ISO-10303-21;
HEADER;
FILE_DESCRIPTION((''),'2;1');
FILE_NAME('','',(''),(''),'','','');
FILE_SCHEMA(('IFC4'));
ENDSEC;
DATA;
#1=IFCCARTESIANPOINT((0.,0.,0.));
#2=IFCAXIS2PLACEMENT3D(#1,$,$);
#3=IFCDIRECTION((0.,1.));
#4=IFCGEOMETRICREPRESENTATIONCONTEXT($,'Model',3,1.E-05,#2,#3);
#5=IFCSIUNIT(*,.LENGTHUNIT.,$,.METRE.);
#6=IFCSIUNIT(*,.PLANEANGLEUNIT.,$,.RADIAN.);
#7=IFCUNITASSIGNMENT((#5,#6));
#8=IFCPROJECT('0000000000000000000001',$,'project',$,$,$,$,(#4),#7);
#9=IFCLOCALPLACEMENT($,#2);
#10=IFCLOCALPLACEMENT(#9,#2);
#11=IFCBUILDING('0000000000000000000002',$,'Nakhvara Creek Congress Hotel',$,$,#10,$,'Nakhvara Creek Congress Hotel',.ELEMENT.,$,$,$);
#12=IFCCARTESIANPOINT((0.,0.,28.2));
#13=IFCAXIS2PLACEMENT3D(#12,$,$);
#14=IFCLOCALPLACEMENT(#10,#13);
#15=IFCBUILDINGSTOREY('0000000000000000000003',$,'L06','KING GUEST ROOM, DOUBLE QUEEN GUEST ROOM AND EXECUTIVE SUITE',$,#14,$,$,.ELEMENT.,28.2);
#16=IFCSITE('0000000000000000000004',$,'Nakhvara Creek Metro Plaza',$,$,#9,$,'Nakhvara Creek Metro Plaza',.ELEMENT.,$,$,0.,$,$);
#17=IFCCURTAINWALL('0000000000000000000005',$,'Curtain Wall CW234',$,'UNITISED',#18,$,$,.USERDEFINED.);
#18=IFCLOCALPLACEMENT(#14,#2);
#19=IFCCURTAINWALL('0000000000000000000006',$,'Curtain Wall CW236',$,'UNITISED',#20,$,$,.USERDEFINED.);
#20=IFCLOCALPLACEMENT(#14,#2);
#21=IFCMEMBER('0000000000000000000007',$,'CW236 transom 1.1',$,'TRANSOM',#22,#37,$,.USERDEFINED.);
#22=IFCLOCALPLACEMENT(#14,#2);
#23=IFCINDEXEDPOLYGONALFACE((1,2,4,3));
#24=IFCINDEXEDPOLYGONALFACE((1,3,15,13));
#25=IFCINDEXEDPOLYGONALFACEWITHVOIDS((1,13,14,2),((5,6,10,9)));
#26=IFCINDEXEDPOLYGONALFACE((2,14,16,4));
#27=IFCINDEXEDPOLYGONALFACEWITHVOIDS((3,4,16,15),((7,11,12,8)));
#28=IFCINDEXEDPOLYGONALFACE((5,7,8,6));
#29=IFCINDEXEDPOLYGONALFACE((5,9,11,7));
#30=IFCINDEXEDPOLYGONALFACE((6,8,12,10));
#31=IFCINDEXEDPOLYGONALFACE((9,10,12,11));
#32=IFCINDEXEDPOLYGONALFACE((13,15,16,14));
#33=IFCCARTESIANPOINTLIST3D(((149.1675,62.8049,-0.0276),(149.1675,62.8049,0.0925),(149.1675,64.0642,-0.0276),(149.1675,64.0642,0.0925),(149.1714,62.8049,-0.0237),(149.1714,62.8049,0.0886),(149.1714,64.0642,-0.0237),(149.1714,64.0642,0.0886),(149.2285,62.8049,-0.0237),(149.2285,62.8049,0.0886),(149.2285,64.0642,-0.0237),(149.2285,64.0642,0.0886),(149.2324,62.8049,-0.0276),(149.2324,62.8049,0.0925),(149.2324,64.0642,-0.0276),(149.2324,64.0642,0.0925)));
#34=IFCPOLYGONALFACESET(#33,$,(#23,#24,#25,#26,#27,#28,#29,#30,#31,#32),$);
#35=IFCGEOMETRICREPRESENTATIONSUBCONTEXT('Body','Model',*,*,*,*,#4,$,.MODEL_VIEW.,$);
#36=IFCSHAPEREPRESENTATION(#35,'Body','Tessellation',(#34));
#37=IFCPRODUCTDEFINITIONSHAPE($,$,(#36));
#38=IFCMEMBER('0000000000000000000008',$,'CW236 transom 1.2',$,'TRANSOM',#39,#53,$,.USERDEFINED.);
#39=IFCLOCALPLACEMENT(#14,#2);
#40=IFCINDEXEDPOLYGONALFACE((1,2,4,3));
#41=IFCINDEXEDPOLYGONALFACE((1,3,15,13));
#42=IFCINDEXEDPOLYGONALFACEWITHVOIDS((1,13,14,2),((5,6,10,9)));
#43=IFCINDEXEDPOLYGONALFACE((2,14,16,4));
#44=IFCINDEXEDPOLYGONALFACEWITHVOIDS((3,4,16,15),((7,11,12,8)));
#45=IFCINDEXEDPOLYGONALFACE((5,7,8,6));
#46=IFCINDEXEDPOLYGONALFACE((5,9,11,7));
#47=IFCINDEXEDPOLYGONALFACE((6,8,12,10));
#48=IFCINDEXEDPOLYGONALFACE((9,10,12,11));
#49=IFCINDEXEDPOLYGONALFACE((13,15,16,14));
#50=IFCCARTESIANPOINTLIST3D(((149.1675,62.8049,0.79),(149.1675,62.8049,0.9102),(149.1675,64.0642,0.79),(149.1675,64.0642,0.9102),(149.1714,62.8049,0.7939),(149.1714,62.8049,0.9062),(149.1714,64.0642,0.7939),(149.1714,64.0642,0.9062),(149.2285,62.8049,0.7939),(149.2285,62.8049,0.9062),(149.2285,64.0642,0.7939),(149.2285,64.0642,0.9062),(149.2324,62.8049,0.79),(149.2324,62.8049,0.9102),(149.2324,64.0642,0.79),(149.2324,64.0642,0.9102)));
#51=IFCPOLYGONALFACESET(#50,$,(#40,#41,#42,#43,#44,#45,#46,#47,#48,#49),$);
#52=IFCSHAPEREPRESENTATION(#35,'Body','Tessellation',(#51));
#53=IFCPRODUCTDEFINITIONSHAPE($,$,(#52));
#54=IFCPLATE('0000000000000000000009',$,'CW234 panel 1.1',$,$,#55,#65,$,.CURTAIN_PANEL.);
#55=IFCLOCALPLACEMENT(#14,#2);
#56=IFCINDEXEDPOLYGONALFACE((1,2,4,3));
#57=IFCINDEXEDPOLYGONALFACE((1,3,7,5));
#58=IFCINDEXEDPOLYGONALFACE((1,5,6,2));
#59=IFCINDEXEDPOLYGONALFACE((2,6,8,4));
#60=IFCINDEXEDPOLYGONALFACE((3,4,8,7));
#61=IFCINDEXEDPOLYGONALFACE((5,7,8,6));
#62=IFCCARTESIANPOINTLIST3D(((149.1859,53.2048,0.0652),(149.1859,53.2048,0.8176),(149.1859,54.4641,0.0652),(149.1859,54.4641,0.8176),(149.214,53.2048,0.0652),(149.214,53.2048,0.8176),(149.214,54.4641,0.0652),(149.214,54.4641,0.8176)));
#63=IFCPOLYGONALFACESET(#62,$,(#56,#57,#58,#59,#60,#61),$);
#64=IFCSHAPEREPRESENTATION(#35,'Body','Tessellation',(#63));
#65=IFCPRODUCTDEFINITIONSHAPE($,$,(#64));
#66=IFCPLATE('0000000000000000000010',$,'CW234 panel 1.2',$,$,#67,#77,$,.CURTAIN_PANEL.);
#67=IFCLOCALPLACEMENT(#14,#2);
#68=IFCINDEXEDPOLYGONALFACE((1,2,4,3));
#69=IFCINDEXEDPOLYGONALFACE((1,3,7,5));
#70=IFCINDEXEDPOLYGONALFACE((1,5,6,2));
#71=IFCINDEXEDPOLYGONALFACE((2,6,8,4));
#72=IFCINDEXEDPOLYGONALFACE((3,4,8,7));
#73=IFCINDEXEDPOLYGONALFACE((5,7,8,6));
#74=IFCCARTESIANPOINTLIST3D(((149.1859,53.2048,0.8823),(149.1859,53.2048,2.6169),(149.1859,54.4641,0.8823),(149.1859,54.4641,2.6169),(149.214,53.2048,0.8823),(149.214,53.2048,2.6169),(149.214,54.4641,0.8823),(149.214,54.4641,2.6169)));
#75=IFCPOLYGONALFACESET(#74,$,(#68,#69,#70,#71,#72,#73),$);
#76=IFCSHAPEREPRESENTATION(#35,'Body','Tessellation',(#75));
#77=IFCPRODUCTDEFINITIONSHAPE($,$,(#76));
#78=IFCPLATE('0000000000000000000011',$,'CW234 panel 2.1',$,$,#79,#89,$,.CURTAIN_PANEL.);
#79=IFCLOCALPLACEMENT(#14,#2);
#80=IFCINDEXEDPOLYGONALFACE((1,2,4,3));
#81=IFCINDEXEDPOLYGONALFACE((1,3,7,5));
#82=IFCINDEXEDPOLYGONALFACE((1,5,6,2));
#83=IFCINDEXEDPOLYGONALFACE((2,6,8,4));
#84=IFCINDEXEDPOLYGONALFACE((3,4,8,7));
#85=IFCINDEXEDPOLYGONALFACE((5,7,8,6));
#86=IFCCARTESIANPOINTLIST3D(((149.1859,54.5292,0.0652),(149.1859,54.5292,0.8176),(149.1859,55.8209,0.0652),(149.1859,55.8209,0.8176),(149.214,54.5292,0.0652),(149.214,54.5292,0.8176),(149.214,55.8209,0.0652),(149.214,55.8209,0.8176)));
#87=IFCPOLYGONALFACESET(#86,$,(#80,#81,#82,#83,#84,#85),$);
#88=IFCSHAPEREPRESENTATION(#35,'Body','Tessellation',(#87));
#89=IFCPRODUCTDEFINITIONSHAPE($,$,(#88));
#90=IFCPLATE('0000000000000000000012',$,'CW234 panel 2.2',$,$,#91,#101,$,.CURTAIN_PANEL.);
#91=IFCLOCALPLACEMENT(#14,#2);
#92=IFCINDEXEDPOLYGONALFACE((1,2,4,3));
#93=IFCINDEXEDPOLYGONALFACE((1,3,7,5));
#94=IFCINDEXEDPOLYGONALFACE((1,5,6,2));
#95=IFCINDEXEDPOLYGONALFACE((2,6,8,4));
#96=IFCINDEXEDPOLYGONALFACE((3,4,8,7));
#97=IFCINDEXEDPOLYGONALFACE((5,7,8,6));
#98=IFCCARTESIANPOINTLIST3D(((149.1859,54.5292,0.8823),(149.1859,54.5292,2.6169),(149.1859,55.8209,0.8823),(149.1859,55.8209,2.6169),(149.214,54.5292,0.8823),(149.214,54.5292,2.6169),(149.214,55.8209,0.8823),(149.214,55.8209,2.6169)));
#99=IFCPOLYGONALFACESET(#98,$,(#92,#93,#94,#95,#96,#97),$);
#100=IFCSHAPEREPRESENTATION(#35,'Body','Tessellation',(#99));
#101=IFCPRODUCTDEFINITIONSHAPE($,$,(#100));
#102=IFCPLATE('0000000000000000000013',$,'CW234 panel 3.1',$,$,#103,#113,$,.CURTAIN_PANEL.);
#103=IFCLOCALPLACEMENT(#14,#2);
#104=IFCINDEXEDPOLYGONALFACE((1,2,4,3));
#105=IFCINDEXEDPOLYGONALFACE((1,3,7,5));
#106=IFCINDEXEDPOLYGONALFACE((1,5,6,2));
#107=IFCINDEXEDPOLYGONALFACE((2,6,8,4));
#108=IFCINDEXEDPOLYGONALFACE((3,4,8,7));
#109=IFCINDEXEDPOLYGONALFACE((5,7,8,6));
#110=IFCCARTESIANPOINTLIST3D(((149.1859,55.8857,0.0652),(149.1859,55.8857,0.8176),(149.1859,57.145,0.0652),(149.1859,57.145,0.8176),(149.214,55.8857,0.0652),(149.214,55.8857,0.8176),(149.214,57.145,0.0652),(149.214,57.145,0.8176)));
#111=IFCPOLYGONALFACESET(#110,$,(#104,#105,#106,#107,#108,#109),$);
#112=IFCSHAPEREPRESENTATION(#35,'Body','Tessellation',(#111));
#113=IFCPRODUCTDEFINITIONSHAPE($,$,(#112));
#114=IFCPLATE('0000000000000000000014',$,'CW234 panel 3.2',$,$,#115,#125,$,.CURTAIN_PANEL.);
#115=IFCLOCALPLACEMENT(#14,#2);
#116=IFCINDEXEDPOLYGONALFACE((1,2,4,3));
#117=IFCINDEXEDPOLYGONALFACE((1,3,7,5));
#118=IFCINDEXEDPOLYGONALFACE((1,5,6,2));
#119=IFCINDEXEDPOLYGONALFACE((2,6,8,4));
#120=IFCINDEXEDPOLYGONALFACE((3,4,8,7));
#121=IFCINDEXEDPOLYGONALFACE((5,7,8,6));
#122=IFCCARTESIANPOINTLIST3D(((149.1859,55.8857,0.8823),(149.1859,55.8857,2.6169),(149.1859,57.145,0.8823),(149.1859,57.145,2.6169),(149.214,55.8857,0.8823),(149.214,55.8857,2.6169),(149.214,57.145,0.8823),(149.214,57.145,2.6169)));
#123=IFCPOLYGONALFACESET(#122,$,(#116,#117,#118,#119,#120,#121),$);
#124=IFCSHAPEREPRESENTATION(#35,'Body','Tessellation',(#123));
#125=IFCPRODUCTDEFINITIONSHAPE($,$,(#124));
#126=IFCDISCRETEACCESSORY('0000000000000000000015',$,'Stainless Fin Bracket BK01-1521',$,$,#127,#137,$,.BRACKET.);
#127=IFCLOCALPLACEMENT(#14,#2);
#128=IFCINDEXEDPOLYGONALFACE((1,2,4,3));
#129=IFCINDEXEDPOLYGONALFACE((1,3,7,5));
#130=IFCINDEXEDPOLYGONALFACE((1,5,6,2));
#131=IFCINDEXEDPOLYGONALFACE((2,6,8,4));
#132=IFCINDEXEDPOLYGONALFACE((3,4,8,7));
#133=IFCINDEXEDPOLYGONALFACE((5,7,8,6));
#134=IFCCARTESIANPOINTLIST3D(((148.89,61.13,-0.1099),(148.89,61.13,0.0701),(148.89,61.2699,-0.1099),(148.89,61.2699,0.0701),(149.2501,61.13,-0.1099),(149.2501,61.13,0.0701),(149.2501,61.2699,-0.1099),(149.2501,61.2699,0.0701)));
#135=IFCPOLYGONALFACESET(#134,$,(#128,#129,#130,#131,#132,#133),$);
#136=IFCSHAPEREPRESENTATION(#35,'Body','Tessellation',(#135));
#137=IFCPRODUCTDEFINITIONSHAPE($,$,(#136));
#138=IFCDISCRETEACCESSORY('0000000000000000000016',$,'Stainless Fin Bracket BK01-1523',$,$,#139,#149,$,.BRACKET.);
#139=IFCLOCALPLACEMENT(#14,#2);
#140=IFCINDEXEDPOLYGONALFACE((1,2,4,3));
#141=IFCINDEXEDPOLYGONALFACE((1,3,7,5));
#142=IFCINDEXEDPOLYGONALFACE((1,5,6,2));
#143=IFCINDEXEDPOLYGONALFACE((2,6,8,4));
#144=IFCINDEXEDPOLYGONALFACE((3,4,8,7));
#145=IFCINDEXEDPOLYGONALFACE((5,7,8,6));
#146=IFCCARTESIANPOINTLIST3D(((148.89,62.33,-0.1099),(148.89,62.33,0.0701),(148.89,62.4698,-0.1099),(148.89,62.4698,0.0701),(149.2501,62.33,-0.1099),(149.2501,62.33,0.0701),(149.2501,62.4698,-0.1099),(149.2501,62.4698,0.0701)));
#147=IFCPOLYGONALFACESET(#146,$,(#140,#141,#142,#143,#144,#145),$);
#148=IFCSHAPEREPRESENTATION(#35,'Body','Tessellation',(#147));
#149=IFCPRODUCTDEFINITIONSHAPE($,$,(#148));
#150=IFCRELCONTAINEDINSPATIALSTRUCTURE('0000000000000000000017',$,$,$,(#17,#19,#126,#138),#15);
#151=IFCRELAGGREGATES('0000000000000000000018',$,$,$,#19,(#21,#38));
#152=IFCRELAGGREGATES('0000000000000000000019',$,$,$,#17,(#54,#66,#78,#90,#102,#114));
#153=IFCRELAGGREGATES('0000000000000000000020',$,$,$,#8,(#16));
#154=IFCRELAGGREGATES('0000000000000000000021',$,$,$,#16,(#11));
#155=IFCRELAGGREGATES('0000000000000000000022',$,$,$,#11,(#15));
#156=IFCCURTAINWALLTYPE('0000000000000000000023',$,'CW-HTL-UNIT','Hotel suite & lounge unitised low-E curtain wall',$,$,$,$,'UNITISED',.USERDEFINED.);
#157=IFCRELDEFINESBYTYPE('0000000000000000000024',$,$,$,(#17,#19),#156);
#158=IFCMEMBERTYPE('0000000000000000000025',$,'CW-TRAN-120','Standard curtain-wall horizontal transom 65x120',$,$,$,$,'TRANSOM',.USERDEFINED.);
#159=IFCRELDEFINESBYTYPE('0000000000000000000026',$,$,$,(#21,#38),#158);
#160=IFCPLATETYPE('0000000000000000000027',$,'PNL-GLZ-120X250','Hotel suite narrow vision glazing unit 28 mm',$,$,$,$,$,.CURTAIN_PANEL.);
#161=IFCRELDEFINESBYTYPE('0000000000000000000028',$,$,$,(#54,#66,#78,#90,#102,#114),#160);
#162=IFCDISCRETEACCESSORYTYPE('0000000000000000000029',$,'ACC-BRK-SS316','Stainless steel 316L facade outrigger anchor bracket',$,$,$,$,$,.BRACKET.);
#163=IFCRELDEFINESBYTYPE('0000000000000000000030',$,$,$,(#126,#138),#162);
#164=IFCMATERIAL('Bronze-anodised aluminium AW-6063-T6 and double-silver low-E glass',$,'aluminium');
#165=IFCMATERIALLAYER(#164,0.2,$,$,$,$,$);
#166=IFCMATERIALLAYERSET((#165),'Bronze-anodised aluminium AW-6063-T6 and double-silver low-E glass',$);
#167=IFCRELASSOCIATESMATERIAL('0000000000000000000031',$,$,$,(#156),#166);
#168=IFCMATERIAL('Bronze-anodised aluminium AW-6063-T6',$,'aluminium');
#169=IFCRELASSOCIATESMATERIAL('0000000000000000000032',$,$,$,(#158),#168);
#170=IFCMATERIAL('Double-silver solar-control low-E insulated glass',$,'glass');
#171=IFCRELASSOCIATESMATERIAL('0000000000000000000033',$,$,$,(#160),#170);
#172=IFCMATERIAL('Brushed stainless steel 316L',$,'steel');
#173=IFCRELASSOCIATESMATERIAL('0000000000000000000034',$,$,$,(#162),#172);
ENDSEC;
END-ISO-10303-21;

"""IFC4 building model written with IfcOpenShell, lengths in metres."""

from ifc_helpers import new_model, si_unit, direction, frame, origin, origin_2d, place, context, subcontext, project, spatial, rectangle, hollow_rectangle, extrude, material, layer, layer_set, material_profile, profile_set, type_object, element, aggregate, save


model = new_model("IFC4")

# Units and contexts
model_context = context("Model", 3, precision=1e-05, world=origin(), true_north=direction((0.0, 1.0)))
body_context = subcontext(model_context, "Body", "Model", "MODEL_VIEW")
ifc_project = project(units=[si_unit("LENGTHUNIT", "METRE"), si_unit("PLANEANGLEUNIT", "RADIAN")], contexts=[model_context])

# Site, building, storey
site_placement = place(None, origin())
site = spatial("IfcSite", under=ifc_project, at=site_placement, Name="Nakhvara Creek Metro Plaza", LongName="Nakhvara Creek Metro Plaza", CompositionType="ELEMENT", RefElevation=0.0)
building_placement = place(site_placement, origin())
building = spatial("IfcBuilding", under=site, at=building_placement, Name="Nakhvara Creek Congress Hotel", LongName="Nakhvara Creek Congress Hotel", CompositionType="ELEMENT")
storey_placement = place(building_placement, frame((0.0, 0.0, 28.2)))
storey = spatial("IfcBuildingStorey", under=building, at=storey_placement, Name="L06", Description="KING GUEST ROOM, DOUBLE QUEEN GUEST ROOM AND EXECUTIVE SUITE", CompositionType="ELEMENT", Elevation=28.2)

# Curtain wall
ifc_material_1 = material(Name="Bronze-anodised aluminium AW-6063-T6 and double-silver low-E glass", Category="aluminium")
ifc_layer = layer(ifc_material_1, 0.2)
ifc_layer_set = layer_set([ifc_layer], Name="Bronze-anodised aluminium AW-6063-T6 and double-silver low-E glass")
curtain_wall_type = type_object("IfcCurtainWallType", Name="CW-HTL-UNIT", Description="Hotel suite & lounge unitised low-E curtain wall", ElementType="UNITISED", PredefinedType="USERDEFINED", material=ifc_layer_set)
curtain_wall_1_placement = place(storey_placement, origin())
curtain_wall_1 = element("IfcCurtainWall", 1, at=curtain_wall_1_placement, inside=storey, type_object=curtain_wall_type, Name="Curtain Wall CW234", ObjectType="UNITISED", PredefinedType="USERDEFINED")
ifc_material_2 = material(Name="Bronze-anodised aluminium AW-6063-T6", Category="aluminium")

# Curtain wall
curtain_wall_2_placement = place(storey_placement, origin())
curtain_wall_2 = element("IfcCurtainWall", 2, at=curtain_wall_2_placement, inside=storey, type_object=curtain_wall_type, Name="Curtain Wall CW236", ObjectType="UNITISED", PredefinedType="USERDEFINED")

# Members
ifc_material_profile_1 = material_profile(ifc_material_2, hollow_rectangle(XDim=0.0649, YDim=0.1201, WallThickness=0.0039, at=origin_2d()), Name="ALU-TRAN 65x120x4", Category="LoadBearing")
ifc_profile_set_1 = profile_set([ifc_material_profile_1], Name="Bronze-anodised aluminium AW-6063-T6")
member_type_1 = type_object("IfcMemberType", Name="CW-TRAN-120", Description="Standard curtain-wall horizontal transom 65x120", ElementType="TRANSOM", PredefinedType="USERDEFINED", material=ifc_profile_set_1)
member_1_placement = place(storey_placement, frame((149.2, 62.8049, 0.0325), z_axis=(0.0, 1.0, 0.0), x_axis=(-1.0, 0.0, 0.0)))
member_1 = element("IfcMember", 3, at=member_1_placement, type_object=member_type_1, Name="CW236 transom 1.1", ObjectType="TRANSOM", PredefinedType="USERDEFINED", context=body_context, shape_type="SweptSolid", body=[
    extrude(hollow_rectangle(XDim=0.0649, YDim=0.1201, WallThickness=0.0039, at=origin_2d()), origin(), (0.0, 0.0, 1.0), 1.2593),
])
member_2_placement = place(storey_placement, frame((149.2, 62.8049, 0.8501), z_axis=(0.0, 1.0, 0.0), x_axis=(-1.0, 0.0, 0.0)))
member_2 = element("IfcMember", 4, at=member_2_placement, type_object=member_type_1, Name="CW236 transom 1.2", ObjectType="TRANSOM", PredefinedType="USERDEFINED", context=body_context, shape_type="SweptSolid", body=[
    extrude(hollow_rectangle(XDim=0.0649, YDim=0.1201, WallThickness=0.0039, at=origin_2d()), origin(), (0.0, 0.0, 1.0), 1.2593),
])
aggregate(curtain_wall_2, [member_1, member_2])

# Plates
ifc_material_3 = material(Name="Double-silver solar-control low-E insulated glass", Category="glass")
plate_type = type_object("IfcPlateType", Name="PNL-GLZ-120X250", Description="Hotel suite narrow vision glazing unit 28 mm", PredefinedType="CURTAIN_PANEL", material=ifc_material_3)
plate_1_placement = place(storey_placement, frame((149.2, 53.8345, 0.0652), z_axis=(0.0, 0.0, 1.0), x_axis=(0.0, 1.0, 0.0)))
plate_1 = element("IfcPlate", 5, at=plate_1_placement, type_object=plate_type, Name="CW234 panel 1.1", PredefinedType="CURTAIN_PANEL", context=body_context, shape_type="SweptSolid", body=[
    extrude(rectangle(XDim=1.2593, YDim=0.0281, at=origin_2d()), origin(), (0.0, 0.0, 1.0), 0.7524),
])
plate_2_placement = place(storey_placement, frame((149.2, 53.8345, 0.8823), z_axis=(0.0, 0.0, 1.0), x_axis=(0.0, 1.0, 0.0)))
plate_2 = element("IfcPlate", 6, at=plate_2_placement, type_object=plate_type, Name="CW234 panel 1.2", PredefinedType="CURTAIN_PANEL", context=body_context, shape_type="SweptSolid", body=[
    extrude(rectangle(XDim=1.2593, YDim=0.0281, at=origin_2d()), origin(), (0.0, 0.0, 1.0), 1.7346),
])
plate_3_placement = place(storey_placement, frame((149.2, 55.175, 0.0652), z_axis=(0.0, 0.0, 1.0), x_axis=(0.0, 1.0, 0.0)))
plate_3 = element("IfcPlate", 7, at=plate_3_placement, type_object=plate_type, Name="CW234 panel 2.1", PredefinedType="CURTAIN_PANEL", context=body_context, shape_type="SweptSolid", body=[
    extrude(rectangle(XDim=1.2917, YDim=0.0281, at=origin_2d()), origin(), (0.0, 0.0, 1.0), 0.7524),
])
plate_4_placement = place(storey_placement, frame((149.2, 55.175, 0.8823), z_axis=(0.0, 0.0, 1.0), x_axis=(0.0, 1.0, 0.0)))
plate_4 = element("IfcPlate", 8, at=plate_4_placement, type_object=plate_type, Name="CW234 panel 2.2", PredefinedType="CURTAIN_PANEL", context=body_context, shape_type="SweptSolid", body=[
    extrude(rectangle(XDim=1.2917, YDim=0.0281, at=origin_2d()), origin(), (0.0, 0.0, 1.0), 1.7346),
])
plate_5_placement = place(storey_placement, frame((149.2, 56.5154, 0.0652), z_axis=(0.0, 0.0, 1.0), x_axis=(0.0, 1.0, 0.0)))
plate_5 = element("IfcPlate", 9, at=plate_5_placement, type_object=plate_type, Name="CW234 panel 3.1", PredefinedType="CURTAIN_PANEL", context=body_context, shape_type="SweptSolid", body=[
    extrude(rectangle(XDim=1.2593, YDim=0.0281, at=origin_2d()), origin(), (0.0, 0.0, 1.0), 0.7524),
])
plate_6_placement = place(storey_placement, frame((149.2, 56.5154, 0.8823), z_axis=(0.0, 0.0, 1.0), x_axis=(0.0, 1.0, 0.0)))
plate_6 = element("IfcPlate", 10, at=plate_6_placement, type_object=plate_type, Name="CW234 panel 3.2", PredefinedType="CURTAIN_PANEL", context=body_context, shape_type="SweptSolid", body=[
    extrude(rectangle(XDim=1.2593, YDim=0.0281, at=origin_2d()), origin(), (0.0, 0.0, 1.0), 1.7346),
])
aggregate(curtain_wall_1, [plate_1, plate_2, plate_3, plate_4, plate_5, plate_6])

# Discrete accessories
ifc_material_4 = material(Name="Brushed stainless steel 316L", Category="steel")
discrete_accessory_type = type_object("IfcDiscreteAccessoryType", Name="ACC-BRK-SS316", Description="Stainless steel 316L facade outrigger anchor bracket", PredefinedType="BRACKET", material=ifc_material_4)
for number, where, z_axis, x_axis, name in (
    (11, (149.0701, 61.2, -0.1099), (0.0, 0.0, 1.0), (0.0, 1.0, 0.0), "Stainless Fin Bracket BK01-1521"),
    (12, (149.0701, 62.3999, -0.1099), (0.0, 0.0, 1.0), (0.0, 1.0, 0.0), "Stainless Fin Bracket BK01-1523"),
):
    element("IfcDiscreteAccessory", number, at=place(storey_placement, frame(where, z_axis=z_axis, x_axis=x_axis)), inside=storey, type_object=discrete_accessory_type, Name=name, PredefinedType="BRACKET", context=body_context, shape_type="SweptSolid", body=[
        extrude(rectangle(XDim=0.1399, YDim=0.3601, at=origin_2d()), origin(), (0.0, 0.0, 1.0), 0.1799),
    ])

save(model, "model.ifc")
